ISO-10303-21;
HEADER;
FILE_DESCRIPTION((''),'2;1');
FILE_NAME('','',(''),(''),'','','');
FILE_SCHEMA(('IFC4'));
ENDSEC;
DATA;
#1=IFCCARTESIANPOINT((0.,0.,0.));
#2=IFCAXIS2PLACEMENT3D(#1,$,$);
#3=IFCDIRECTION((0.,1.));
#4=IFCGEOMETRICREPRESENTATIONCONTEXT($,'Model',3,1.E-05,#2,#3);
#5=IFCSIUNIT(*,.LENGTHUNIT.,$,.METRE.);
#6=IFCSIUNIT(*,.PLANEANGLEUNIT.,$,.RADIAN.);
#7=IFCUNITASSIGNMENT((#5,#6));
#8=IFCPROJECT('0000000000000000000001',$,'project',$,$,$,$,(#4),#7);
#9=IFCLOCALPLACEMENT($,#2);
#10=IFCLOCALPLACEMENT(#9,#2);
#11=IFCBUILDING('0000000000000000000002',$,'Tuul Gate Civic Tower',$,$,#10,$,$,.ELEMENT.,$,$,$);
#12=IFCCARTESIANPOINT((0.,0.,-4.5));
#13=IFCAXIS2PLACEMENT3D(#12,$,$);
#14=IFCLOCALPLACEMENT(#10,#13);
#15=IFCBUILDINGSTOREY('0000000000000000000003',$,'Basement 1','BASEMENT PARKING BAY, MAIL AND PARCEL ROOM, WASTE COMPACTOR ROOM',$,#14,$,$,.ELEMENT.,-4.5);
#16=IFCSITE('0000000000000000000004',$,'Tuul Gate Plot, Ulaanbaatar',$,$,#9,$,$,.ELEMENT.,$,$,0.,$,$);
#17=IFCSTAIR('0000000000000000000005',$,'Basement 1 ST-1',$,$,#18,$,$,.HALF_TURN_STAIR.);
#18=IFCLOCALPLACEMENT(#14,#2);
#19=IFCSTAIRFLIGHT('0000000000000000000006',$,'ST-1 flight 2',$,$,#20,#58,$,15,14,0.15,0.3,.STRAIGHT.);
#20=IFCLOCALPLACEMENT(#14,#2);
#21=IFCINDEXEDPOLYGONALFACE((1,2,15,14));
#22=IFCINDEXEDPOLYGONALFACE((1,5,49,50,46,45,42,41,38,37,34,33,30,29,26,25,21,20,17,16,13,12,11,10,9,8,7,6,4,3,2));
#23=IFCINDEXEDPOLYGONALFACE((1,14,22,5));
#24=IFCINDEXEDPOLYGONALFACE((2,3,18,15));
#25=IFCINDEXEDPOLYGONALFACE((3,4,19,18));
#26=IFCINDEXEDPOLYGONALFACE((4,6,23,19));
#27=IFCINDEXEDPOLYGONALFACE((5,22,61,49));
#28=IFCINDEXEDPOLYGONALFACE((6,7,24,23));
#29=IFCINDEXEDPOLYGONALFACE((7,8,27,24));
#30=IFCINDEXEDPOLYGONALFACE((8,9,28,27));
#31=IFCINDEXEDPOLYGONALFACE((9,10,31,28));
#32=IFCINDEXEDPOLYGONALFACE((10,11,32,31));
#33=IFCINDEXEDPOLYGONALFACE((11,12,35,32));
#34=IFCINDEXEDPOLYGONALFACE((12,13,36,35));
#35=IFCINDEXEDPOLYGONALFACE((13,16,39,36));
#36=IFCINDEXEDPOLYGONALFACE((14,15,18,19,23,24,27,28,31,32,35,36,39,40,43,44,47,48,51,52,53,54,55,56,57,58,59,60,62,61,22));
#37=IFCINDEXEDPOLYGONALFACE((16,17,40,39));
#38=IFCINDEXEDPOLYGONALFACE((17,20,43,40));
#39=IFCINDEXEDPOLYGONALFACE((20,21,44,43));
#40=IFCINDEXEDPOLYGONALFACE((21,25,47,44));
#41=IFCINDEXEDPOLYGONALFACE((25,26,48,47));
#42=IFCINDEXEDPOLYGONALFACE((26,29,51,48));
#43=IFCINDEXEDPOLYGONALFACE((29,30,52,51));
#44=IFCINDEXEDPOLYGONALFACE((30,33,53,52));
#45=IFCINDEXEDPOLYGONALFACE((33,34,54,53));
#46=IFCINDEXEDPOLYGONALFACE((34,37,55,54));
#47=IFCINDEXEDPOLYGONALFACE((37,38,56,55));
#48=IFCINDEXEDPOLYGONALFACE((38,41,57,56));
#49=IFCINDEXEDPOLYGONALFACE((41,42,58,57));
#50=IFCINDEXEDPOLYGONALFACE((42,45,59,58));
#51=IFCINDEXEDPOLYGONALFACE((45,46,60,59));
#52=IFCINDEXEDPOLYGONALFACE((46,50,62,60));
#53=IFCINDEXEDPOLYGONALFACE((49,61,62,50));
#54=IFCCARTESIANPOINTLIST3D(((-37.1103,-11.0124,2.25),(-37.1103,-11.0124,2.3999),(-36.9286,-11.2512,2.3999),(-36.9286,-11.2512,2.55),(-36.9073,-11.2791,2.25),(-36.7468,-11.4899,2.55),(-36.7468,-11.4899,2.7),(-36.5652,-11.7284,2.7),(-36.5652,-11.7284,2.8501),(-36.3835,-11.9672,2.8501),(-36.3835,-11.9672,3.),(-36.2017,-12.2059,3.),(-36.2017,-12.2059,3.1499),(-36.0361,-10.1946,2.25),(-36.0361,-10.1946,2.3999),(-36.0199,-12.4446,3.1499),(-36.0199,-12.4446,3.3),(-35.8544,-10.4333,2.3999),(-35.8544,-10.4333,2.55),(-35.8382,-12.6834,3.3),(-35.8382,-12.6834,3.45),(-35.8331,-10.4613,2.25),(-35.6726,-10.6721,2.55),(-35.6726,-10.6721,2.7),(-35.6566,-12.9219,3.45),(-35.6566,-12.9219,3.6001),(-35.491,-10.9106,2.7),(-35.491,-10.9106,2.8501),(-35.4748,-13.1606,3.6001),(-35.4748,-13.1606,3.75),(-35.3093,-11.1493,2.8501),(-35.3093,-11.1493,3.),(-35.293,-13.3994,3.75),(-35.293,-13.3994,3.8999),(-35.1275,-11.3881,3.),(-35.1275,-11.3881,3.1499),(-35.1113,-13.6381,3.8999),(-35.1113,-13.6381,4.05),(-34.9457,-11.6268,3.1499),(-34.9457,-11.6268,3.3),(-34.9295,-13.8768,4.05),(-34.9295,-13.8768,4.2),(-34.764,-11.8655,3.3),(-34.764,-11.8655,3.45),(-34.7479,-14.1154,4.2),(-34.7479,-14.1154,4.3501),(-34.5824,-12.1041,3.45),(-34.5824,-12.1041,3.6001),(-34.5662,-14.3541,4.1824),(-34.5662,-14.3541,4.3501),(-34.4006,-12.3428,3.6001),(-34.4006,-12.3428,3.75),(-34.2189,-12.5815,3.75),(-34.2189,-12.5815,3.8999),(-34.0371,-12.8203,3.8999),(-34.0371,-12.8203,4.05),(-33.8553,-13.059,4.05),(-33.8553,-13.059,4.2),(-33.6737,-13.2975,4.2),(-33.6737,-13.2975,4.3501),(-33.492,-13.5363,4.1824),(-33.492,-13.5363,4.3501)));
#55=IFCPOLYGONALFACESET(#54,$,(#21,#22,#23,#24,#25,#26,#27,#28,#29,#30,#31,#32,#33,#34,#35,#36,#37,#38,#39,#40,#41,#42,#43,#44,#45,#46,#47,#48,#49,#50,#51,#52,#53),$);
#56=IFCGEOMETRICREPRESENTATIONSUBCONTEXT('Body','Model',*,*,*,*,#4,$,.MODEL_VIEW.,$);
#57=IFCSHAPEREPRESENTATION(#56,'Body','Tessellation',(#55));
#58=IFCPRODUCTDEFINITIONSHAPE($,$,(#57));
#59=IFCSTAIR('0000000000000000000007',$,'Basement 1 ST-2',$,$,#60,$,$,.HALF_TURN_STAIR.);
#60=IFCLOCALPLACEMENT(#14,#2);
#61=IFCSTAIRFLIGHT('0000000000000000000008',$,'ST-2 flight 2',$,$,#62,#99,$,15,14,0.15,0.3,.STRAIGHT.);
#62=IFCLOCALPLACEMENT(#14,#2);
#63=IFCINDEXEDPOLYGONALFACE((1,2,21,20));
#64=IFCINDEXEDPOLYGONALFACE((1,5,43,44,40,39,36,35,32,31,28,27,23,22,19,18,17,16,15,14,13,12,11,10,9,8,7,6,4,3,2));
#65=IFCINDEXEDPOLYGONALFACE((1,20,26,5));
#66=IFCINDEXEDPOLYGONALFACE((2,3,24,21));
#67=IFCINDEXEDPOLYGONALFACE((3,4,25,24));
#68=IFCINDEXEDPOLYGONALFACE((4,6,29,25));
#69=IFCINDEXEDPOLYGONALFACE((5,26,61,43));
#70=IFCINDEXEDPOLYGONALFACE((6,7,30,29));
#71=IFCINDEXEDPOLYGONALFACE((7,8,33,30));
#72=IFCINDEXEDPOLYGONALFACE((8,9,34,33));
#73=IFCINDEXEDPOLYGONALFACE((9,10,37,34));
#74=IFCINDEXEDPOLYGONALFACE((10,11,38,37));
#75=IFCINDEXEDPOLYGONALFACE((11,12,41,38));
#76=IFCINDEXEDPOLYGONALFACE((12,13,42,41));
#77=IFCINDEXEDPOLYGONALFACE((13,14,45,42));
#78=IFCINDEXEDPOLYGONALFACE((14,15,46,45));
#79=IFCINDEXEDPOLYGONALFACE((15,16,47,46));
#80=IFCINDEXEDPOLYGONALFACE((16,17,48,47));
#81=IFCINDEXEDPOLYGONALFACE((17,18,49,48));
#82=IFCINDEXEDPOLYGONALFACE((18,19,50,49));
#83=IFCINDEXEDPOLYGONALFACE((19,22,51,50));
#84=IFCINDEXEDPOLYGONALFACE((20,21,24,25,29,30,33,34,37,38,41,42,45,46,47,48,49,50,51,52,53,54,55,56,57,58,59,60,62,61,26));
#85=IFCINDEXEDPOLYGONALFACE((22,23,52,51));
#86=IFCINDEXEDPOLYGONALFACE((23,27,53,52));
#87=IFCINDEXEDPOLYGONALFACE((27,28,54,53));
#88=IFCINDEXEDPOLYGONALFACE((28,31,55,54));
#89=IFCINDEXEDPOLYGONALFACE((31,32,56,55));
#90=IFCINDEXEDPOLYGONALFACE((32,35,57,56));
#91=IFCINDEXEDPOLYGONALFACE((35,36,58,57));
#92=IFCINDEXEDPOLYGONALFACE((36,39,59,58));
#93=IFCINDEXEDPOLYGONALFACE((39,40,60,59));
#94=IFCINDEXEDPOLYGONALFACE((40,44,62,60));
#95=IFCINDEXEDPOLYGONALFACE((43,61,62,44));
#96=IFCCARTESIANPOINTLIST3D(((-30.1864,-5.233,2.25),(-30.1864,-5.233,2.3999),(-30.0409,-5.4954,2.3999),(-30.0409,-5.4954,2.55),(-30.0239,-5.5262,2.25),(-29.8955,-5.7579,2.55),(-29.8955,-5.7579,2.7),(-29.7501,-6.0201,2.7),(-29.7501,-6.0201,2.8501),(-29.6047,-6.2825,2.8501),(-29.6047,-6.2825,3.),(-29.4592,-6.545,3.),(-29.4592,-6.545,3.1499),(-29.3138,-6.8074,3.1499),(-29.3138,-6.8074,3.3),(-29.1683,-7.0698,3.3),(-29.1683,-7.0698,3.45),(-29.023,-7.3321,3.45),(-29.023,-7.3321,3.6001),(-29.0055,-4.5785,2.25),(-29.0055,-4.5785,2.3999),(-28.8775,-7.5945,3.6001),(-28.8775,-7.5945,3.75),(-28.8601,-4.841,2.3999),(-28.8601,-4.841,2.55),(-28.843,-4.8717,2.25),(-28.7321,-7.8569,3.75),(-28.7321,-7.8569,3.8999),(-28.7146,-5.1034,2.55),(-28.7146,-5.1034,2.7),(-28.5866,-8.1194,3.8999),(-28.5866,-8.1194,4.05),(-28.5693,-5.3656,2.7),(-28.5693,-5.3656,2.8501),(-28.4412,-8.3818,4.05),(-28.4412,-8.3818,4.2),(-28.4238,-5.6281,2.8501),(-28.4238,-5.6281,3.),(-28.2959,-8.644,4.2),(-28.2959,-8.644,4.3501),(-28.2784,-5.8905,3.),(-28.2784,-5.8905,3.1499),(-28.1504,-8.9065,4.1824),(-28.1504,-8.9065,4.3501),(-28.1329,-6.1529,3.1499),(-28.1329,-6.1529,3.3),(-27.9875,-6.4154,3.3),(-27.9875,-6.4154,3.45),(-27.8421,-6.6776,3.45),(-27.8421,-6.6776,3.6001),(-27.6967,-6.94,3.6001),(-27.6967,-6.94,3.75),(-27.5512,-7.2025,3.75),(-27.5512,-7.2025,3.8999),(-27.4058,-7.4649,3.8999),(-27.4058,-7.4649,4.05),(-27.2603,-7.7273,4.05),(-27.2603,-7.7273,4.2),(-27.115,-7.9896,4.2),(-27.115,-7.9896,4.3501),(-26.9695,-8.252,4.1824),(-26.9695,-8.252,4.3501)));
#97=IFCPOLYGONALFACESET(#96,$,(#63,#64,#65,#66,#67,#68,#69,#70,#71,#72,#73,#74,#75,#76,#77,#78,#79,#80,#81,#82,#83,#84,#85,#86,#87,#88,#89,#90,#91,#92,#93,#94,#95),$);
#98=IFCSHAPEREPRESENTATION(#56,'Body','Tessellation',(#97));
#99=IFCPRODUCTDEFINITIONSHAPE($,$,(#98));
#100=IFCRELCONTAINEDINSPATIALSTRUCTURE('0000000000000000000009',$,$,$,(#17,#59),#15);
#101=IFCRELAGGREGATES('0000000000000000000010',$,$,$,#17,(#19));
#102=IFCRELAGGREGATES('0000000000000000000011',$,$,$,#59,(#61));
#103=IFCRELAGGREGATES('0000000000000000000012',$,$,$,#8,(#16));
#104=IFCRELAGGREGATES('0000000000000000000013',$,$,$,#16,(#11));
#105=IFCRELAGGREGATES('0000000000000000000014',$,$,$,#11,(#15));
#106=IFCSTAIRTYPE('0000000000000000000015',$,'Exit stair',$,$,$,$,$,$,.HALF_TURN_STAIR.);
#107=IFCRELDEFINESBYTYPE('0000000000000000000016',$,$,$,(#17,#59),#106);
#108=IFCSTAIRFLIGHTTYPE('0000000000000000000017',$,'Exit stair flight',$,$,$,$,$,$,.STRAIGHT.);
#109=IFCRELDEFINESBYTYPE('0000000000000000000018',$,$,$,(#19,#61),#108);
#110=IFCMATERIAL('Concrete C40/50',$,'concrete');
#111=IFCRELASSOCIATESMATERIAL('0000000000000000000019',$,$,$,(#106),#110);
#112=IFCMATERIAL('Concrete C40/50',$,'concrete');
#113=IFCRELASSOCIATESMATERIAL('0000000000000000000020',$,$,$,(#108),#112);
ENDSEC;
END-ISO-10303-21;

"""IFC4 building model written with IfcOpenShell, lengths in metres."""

from ifc_helpers import new_model, si_unit, direction, frame, origin, place, context, subcontext, project, spatial, polyline, outline, extrude, material, type_object, element, aggregate, save


model = new_model("IFC4")

# Units and contexts
model_context = context("Model", 3, precision=1e-05, world=origin(), true_north=direction((0.0, 1.0)))
body_context = subcontext(model_context, "Body", "Model", "MODEL_VIEW")
ifc_project = project(units=[si_unit("LENGTHUNIT", "METRE"), si_unit("PLANEANGLEUNIT", "RADIAN")], contexts=[model_context])

# Site, building, storey
site_placement = place(None, origin())
site = spatial("IfcSite", under=ifc_project, at=site_placement, Name="Tuul Gate Plot, Ulaanbaatar", CompositionType="ELEMENT", RefElevation=0.0)
building_placement = place(site_placement, origin())
building = spatial("IfcBuilding", under=site, at=building_placement, Name="Tuul Gate Civic Tower", CompositionType="ELEMENT")
storey_placement = place(building_placement, frame((0.0, 0.0, -4.5)))
storey = spatial("IfcBuildingStorey", under=building, at=storey_placement, Name="Basement 1", Description="BASEMENT PARKING BAY, MAIL AND PARCEL ROOM, WASTE COMPACTOR ROOM", CompositionType="ELEMENT", Elevation=-4.5)

# Stair, stair flight
ifc_material_1 = material(Name="Concrete C40/50", Category="concrete")
stair_type = type_object("IfcStairType", Name="Exit stair", PredefinedType="HALF_TURN_STAIR", material=ifc_material_1)
stair_1_placement = place(storey_placement, origin())
stair_1 = element("IfcStair", 1, at=stair_1_placement, inside=storey, type_object=stair_type, Name="Basement 1 ST-1", PredefinedType="HALF_TURN_STAIR")
ifc_material_2 = material(Name="Concrete C40/50", Category="concrete")
stair_flight_type = type_object("IfcStairFlightType", Name="Exit stair flight", PredefinedType="STRAIGHT", material=ifc_material_2)
stair_flight_1_placement = place(storey_placement, frame((-36.5732, -10.6035, 2.25), z_axis=(0.0, 0.0, 1.0), x_axis=(0.605764, -0.795644, 0.0)))
stair_flight_1 = element("IfcStairFlight", 2, at=stair_flight_1_placement, type_object=stair_flight_type, Name="ST-1 flight 2", NumberOfRisers=15, NumberOfTreads=14, PredefinedType="STRAIGHT", RiserHeight=0.15, TreadLength=0.3, context=body_context, shape_type="SweptSolid", body=[
    extrude(outline(polyline([(0.0, 0.0), (0.0, 0.1499), (0.3, 0.1499), (0.3, 0.3), (0.6001, 0.3), (0.6001, 0.45), (0.8999, 0.45), (0.8999, 0.6001), (1.2, 0.6001), (1.2, 0.75), (1.5, 0.75), (1.5, 0.8999), (1.8, 0.8999), (1.8, 1.05), (2.1001, 1.05), (2.1001, 1.2), (2.3999, 1.2), (2.3999, 1.3501), (2.7, 1.3501), (2.7, 1.5), (3.0, 1.5), (3.0, 1.6499), (3.3, 1.6499), (3.3, 1.8), (3.6001, 1.8), (3.6001, 1.95), (3.8999, 1.95), (3.8999, 2.1001), (4.2, 2.1001), (4.2, 2.25), (4.2, 1.9324), (0.3352, 0.0), (0.0, 0.0)])), frame((0.0, 0.675, 0.0), z_axis=(0.0, -1.0, 0.0), x_axis=(1.0, 0.0, 0.0)), (0.0, 0.0, 1.0), 1.3501),
])
aggregate(stair_1, [stair_flight_1])

# Stair, stair flight
stair_2_placement = place(storey_placement, origin())
stair_2 = element("IfcStair", 3, at=stair_2_placement, inside=storey, type_object=stair_type, Name="Basement 1 ST-2", PredefinedType="HALF_TURN_STAIR")
stair_flight_2_placement = place(storey_placement, frame((-29.5959, -4.9058, 2.25), z_axis=(0.0, 0.0, 1.0), x_axis=(0.484762, -0.874646, 0.0)))
stair_flight_2 = element("IfcStairFlight", 4, at=stair_flight_2_placement, type_object=stair_flight_type, Name="ST-2 flight 2", NumberOfRisers=15, NumberOfTreads=14, PredefinedType="STRAIGHT", RiserHeight=0.15, TreadLength=0.3, context=body_context, shape_type="SweptSolid", body=[
    extrude(outline(polyline([(0.0, 0.0), (0.0, 0.1499), (0.3, 0.1499), (0.3, 0.3), (0.6001, 0.3), (0.6001, 0.45), (0.8999, 0.45), (0.8999, 0.6001), (1.2, 0.6001), (1.2, 0.75), (1.5, 0.75), (1.5, 0.8999), (1.8, 0.8999), (1.8, 1.05), (2.1001, 1.05), (2.1001, 1.2), (2.3999, 1.2), (2.3999, 1.3501), (2.7, 1.3501), (2.7, 1.5), (3.0, 1.5), (3.0, 1.6499), (3.3, 1.6499), (3.3, 1.8), (3.6001, 1.8), (3.6001, 1.95), (3.8999, 1.95), (3.8999, 2.1001), (4.2, 2.1001), (4.2, 2.25), (4.2, 1.9324), (0.3352, 0.0), (0.0, 0.0)])), frame((0.0, 0.675, 0.0), z_axis=(0.0, -1.0, 0.0), x_axis=(1.0, 0.0, 0.0)), (0.0, 0.0, 1.0), 1.3501),
])
aggregate(stair_2, [stair_flight_2])

save(model, "model.ifc")
